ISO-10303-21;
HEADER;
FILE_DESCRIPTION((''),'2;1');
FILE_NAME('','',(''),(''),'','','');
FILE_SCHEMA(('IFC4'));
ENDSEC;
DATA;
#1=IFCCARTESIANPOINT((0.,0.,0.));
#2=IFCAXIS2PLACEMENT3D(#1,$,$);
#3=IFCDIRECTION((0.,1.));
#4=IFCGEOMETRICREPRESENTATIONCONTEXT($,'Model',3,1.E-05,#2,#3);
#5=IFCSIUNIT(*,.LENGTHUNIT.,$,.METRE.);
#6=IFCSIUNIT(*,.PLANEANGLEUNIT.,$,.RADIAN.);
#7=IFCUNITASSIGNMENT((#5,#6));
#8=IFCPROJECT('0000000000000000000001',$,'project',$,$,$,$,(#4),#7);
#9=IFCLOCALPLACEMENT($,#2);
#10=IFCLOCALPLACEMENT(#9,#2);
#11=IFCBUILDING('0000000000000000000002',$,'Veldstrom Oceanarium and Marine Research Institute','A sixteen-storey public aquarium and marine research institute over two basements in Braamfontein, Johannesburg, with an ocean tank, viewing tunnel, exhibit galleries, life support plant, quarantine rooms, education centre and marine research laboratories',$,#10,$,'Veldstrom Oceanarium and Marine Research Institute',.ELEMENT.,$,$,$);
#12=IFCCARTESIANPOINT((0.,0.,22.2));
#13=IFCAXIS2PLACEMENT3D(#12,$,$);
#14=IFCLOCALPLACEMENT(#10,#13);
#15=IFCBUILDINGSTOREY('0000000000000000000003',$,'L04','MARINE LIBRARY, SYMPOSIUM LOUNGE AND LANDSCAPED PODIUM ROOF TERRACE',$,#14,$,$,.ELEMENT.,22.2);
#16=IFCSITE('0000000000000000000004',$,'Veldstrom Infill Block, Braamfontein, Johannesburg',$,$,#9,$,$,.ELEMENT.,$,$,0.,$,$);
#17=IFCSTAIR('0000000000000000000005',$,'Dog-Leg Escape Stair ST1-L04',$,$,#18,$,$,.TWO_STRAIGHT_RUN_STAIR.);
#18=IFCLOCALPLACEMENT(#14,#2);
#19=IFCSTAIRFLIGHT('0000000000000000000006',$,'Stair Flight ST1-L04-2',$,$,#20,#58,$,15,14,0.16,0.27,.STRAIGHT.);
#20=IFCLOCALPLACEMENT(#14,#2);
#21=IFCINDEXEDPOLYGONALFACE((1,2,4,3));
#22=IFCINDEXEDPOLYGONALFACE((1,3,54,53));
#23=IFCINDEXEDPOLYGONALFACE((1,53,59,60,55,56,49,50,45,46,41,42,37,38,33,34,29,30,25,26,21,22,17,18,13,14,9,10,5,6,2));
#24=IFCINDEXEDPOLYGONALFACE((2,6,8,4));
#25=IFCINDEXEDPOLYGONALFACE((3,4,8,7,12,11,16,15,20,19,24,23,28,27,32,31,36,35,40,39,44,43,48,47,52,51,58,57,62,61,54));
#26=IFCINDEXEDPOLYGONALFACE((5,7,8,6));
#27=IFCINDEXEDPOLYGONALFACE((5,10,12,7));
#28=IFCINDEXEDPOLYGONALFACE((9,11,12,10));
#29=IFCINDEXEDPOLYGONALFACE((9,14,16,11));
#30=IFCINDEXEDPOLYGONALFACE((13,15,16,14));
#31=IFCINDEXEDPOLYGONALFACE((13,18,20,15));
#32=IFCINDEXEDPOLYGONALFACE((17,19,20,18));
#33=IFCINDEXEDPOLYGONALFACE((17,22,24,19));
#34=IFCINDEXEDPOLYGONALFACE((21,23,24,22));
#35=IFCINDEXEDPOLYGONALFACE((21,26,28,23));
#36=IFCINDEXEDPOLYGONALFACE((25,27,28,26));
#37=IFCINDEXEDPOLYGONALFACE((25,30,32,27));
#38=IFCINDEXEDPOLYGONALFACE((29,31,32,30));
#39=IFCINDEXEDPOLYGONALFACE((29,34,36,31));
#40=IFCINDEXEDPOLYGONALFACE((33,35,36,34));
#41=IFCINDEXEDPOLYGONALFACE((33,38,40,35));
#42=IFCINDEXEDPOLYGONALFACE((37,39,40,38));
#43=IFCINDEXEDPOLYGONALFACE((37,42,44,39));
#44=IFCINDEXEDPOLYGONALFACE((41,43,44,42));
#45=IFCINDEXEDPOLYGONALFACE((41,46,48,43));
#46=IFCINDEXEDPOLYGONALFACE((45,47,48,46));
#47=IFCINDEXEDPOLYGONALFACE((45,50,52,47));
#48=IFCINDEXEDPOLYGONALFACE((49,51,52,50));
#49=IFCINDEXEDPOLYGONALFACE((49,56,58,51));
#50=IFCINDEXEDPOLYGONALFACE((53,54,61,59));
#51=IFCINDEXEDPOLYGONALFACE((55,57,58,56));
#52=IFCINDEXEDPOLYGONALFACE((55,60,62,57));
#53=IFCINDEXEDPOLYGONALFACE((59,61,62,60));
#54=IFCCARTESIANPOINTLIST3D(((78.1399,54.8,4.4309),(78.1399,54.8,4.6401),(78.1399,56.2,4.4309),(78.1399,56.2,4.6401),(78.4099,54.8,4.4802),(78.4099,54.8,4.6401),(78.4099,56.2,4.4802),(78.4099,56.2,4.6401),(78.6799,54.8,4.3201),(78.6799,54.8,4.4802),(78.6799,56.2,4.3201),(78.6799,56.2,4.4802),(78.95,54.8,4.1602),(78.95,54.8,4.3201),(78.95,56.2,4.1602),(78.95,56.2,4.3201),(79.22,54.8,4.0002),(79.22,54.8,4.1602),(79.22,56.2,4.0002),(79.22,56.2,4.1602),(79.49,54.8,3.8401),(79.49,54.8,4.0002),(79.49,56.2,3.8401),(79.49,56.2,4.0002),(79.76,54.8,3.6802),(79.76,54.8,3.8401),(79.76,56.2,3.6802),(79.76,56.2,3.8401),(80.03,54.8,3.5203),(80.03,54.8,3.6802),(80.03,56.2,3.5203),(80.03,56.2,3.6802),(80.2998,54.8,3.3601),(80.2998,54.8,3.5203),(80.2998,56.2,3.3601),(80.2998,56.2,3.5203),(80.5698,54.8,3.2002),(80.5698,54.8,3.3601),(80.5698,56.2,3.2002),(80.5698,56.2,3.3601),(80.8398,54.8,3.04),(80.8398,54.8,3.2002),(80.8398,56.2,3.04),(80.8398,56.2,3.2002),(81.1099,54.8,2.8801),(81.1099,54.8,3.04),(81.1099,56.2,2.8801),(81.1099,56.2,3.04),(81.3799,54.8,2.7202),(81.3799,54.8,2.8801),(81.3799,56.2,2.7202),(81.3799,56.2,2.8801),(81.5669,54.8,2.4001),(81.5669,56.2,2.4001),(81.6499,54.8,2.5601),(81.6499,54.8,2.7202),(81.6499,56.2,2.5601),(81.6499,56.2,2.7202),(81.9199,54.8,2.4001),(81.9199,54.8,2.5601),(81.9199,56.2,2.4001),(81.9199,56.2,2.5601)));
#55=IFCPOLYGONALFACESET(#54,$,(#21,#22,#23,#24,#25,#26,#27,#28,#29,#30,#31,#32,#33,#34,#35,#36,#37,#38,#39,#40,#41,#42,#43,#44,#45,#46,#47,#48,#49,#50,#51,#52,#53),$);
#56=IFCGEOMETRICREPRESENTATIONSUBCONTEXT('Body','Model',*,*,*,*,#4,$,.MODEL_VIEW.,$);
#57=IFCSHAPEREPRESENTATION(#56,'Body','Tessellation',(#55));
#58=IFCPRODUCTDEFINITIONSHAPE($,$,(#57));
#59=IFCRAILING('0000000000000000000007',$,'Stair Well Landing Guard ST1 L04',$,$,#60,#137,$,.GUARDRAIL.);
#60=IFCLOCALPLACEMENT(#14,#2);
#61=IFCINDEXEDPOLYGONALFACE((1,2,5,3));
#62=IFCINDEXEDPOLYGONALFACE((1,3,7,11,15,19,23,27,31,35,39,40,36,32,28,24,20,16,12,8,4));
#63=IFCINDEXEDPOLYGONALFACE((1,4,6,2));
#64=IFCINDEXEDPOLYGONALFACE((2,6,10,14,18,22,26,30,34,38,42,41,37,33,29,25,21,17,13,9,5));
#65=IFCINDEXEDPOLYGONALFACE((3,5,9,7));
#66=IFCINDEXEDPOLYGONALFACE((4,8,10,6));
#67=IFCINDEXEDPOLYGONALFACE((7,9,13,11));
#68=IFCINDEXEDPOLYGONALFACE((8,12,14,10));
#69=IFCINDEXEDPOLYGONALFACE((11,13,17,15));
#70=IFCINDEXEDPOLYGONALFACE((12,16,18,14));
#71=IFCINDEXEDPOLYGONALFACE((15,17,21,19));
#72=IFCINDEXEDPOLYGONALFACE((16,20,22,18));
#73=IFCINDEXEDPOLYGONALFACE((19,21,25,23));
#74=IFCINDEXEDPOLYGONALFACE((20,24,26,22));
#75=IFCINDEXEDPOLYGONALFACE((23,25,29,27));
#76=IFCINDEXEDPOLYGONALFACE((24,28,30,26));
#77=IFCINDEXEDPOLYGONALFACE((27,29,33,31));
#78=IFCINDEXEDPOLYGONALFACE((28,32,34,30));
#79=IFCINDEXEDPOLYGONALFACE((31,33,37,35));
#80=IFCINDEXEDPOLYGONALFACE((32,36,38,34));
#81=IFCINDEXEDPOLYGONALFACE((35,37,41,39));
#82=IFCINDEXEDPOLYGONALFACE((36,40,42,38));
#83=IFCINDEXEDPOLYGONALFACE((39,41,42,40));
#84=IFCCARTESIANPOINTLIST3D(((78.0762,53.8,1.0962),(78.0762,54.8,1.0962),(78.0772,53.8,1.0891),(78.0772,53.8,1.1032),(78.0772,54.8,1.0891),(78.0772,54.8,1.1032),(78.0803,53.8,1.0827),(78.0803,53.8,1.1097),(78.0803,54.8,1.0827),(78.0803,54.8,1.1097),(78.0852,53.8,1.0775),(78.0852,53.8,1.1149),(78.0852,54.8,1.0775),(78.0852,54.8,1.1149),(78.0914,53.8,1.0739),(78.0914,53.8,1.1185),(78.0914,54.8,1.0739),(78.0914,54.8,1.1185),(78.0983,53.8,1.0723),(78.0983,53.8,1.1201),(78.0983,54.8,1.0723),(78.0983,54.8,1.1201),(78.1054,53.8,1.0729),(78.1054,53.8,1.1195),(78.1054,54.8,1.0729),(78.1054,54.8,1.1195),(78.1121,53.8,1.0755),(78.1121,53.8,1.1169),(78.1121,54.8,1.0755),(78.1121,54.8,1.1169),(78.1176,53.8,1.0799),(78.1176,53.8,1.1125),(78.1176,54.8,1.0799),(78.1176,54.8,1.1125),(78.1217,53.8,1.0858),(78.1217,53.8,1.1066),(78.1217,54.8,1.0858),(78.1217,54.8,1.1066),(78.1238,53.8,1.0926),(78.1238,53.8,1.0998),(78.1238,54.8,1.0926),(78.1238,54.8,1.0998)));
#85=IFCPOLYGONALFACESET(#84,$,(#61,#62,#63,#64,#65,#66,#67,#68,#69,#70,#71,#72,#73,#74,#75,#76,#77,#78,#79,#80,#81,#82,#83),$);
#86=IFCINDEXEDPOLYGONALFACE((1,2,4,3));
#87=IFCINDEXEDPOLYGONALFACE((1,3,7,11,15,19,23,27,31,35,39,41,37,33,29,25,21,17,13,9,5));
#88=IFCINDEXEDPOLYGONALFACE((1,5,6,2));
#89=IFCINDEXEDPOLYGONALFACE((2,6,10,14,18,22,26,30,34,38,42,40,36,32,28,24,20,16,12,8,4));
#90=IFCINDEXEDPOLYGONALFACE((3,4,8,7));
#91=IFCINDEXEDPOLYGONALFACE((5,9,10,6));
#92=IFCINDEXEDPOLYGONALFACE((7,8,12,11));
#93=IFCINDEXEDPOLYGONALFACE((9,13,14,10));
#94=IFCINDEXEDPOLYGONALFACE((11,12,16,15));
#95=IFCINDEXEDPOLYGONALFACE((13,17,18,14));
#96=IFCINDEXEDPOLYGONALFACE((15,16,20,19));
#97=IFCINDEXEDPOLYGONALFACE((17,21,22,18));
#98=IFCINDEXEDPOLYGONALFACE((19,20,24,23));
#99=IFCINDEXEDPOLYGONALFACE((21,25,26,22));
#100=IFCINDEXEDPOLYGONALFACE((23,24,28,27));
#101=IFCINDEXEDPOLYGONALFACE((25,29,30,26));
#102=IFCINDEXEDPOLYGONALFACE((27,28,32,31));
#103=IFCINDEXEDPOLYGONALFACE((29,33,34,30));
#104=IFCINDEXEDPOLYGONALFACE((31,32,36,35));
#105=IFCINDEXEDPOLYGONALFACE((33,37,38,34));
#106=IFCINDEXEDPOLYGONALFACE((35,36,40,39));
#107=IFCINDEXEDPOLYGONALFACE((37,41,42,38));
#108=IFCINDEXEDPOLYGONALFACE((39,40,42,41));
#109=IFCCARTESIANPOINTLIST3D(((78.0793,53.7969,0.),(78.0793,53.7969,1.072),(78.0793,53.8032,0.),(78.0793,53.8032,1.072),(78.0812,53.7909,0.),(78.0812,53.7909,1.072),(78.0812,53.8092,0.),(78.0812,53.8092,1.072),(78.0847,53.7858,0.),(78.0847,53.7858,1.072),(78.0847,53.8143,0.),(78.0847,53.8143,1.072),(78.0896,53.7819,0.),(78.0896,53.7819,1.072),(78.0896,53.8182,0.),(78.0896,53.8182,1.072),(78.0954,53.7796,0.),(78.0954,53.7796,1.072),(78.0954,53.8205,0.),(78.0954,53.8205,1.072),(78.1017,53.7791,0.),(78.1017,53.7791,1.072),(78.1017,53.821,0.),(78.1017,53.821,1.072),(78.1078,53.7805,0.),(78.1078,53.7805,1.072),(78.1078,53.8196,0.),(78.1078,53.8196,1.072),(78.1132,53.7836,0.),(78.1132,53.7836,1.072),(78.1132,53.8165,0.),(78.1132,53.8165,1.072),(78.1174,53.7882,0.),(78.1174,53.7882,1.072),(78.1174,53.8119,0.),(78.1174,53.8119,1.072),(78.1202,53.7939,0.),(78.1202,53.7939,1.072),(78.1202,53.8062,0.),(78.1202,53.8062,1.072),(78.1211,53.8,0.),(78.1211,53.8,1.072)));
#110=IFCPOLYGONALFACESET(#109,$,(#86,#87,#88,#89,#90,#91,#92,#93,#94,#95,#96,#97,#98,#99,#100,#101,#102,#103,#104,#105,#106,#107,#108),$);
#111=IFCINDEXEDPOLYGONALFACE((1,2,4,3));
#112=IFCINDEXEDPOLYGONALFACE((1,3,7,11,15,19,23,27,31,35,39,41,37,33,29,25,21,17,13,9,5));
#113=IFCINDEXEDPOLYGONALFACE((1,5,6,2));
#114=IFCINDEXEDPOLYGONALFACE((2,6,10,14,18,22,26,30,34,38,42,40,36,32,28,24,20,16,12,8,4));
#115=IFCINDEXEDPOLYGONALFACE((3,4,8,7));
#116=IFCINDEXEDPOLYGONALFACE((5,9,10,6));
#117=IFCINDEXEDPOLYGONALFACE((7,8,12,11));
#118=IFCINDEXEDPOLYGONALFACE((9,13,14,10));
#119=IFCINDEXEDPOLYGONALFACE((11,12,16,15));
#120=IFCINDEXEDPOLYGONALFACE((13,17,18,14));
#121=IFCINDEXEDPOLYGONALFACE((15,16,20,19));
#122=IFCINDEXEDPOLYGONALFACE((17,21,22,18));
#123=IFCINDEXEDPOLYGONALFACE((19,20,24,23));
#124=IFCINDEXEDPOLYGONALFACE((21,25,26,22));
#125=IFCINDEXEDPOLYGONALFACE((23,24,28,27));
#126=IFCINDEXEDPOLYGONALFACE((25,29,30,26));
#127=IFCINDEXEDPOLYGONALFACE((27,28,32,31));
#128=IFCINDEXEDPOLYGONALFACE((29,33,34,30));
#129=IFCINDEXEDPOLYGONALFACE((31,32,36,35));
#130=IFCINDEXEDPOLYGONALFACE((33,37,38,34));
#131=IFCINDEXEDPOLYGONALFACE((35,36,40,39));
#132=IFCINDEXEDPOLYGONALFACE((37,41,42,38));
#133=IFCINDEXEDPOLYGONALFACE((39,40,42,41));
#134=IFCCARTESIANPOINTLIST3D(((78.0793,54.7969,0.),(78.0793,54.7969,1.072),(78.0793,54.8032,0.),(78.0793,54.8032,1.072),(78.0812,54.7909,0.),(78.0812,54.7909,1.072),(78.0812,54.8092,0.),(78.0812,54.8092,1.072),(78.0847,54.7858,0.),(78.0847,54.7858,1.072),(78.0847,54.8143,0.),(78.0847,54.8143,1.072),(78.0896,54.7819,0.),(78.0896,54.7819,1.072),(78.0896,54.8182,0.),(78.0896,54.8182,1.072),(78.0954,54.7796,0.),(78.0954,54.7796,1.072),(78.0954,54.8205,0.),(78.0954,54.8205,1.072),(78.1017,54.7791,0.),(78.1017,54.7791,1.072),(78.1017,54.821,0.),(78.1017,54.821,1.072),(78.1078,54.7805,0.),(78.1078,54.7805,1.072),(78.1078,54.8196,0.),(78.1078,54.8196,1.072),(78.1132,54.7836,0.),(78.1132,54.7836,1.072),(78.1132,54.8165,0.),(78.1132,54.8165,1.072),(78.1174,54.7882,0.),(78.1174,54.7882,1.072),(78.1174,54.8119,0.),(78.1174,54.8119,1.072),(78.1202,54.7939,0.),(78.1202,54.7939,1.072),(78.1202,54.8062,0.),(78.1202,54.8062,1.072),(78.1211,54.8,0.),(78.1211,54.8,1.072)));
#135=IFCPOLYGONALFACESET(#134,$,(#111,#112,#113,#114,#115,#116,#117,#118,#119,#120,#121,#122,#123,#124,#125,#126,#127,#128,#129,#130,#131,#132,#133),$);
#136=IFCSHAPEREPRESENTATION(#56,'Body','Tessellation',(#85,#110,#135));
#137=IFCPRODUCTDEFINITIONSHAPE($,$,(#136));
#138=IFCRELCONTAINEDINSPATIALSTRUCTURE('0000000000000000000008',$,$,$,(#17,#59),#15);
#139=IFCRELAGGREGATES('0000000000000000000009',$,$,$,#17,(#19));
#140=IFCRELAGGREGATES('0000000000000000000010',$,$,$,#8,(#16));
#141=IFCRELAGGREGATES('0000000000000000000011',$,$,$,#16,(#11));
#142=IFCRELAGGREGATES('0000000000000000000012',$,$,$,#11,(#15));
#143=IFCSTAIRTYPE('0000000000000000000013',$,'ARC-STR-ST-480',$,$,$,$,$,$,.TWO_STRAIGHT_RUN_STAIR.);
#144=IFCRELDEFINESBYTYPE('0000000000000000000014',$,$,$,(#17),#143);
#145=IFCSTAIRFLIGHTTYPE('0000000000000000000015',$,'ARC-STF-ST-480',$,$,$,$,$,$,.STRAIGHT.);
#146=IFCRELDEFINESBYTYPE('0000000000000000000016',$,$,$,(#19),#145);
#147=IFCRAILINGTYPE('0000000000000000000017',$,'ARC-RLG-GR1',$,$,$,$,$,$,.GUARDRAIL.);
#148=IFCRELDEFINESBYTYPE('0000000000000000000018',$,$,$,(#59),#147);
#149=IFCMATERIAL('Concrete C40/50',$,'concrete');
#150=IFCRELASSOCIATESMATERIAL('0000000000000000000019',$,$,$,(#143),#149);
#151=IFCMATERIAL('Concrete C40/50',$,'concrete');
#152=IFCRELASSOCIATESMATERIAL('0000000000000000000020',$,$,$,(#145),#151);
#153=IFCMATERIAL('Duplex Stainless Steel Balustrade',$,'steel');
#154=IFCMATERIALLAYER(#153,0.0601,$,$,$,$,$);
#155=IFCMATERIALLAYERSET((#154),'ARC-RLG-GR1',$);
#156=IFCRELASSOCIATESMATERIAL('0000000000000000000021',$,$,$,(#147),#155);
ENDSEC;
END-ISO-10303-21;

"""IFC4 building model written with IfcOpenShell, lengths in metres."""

from ifc_helpers import new_model, si_unit, direction, frame, origin, origin_2d, place, context, subcontext, project, spatial, polyline, circle, outline, extrude, material, layer, layer_set, type_object, element, aggregate, save


model = new_model("IFC4")

# Units and contexts
model_context = context("Model", 3, precision=1e-05, world=origin(), true_north=direction((0.0, 1.0)))
body_context = subcontext(model_context, "Body", "Model", "MODEL_VIEW")
ifc_project = project(units=[si_unit("LENGTHUNIT", "METRE"), si_unit("PLANEANGLEUNIT", "RADIAN")], contexts=[model_context])

# Site, building, storey
site_placement = place(None, origin())
site = spatial("IfcSite", under=ifc_project, at=site_placement, Name="Veldstrom Infill Block, Braamfontein, Johannesburg", CompositionType="ELEMENT", RefElevation=0.0)
building_placement = place(site_placement, origin())
building = spatial("IfcBuilding", under=site, at=building_placement, Name="Veldstrom Oceanarium and Marine Research Institute", Description="A sixteen-storey public aquarium and marine research institute over two basements in Braamfontein, Johannesburg, with an ocean tank, viewing tunnel, exhibit galleries, life support plant, quarantine rooms, education centre and marine research laboratories", LongName="Veldstrom Oceanarium and Marine Research Institute", CompositionType="ELEMENT")
storey_placement = place(building_placement, frame((0.0, 0.0, 22.2)))
storey = spatial("IfcBuildingStorey", under=building, at=storey_placement, Name="L04", Description="MARINE LIBRARY, SYMPOSIUM LOUNGE AND LANDSCAPED PODIUM ROOF TERRACE", CompositionType="ELEMENT", Elevation=22.2)

# Stair, stair flight
ifc_material_1 = material(Name="Concrete C40/50", Category="concrete")
stair_type = type_object("IfcStairType", Name="ARC-STR-ST-480", PredefinedType="TWO_STRAIGHT_RUN_STAIR", material=ifc_material_1)
stair_placement = place(storey_placement, origin())
stair = element("IfcStair", 1, at=stair_placement, inside=storey, type_object=stair_type, Name="Dog-Leg Escape Stair ST1-L04", PredefinedType="TWO_STRAIGHT_RUN_STAIR")
ifc_material_2 = material(Name="Concrete C40/50", Category="concrete")
stair_flight_type = type_object("IfcStairFlightType", Name="ARC-STF-ST-480", PredefinedType="STRAIGHT", material=ifc_material_2)
stair_flight_1_placement = place(storey_placement, frame((81.9199, 55.5, 2.4001), z_axis=(0.0, 0.0, 1.0), x_axis=(-1.0, 0.0, 0.0)))
stair_flight_1 = element("IfcStairFlight", 2, at=stair_flight_1_placement, type_object=stair_flight_type, Name="Stair Flight ST1-L04-2", NumberOfRisers=15, NumberOfTreads=14, PredefinedType="STRAIGHT", RiserHeight=0.16, TreadLength=0.27, context=body_context, shape_type="SweptSolid", body=[
    extrude(outline(polyline([(0.0, 0.0), (0.0, 0.1599), (0.27, 0.1599), (0.27, 0.3201), (0.54, 0.3201), (0.54, 0.48), (0.8101, 0.48), (0.8101, 0.6399), (1.0801, 0.6399), (1.0801, 0.8), (1.3501, 0.8), (1.3501, 0.96), (1.6201, 0.96), (1.6201, 1.1201), (1.8899, 1.1201), (1.8899, 1.28), (2.1599, 1.28), (2.1599, 1.4399), (2.4299, 1.4399), (2.4299, 1.6001), (2.7, 1.6001), (2.7, 1.76), (2.97, 1.76), (2.97, 1.9199), (3.24, 1.9199), (3.24, 2.0801), (3.51, 2.0801), (3.51, 2.24), (3.78, 2.24), (3.78, 2.3999), (3.78, 2.0308), (0.353, 0.0), (0.0, 0.0)])), frame((0.0, 0.7, 0.0), z_axis=(0.0, -1.0, 0.0), x_axis=(1.0, 0.0, 0.0)), (0.0, 0.0, 1.0), 1.3999),
])
aggregate(stair, [stair_flight_1])

# Railing
ifc_material_3 = material(Name="Duplex Stainless Steel Balustrade", Category="steel")
ifc_layer_1 = layer(ifc_material_3, 0.0601)
ifc_layer_set_1 = layer_set([ifc_layer_1], Name="ARC-RLG-GR1")
railing_type_1 = type_object("IfcRailingType", Name="ARC-RLG-GR1", PredefinedType="GUARDRAIL", material=ifc_layer_set_1)
railing_1_placement = place(storey_placement, frame((78.1001, 53.8, 0.0)))
element("IfcRailing", 3, at=railing_1_placement, inside=storey, type_object=railing_type_1, Name="Stair Well Landing Guard ST1 L04", PredefinedType="GUARDRAIL", context=body_context, shape_type="SweptSolid", body=[
    extrude(circle(Radius=0.0239, at=origin_2d()), frame((0.0, 0.0, 1.0962), z_axis=(0.0, 1.0, 0.0), x_axis=(-1.0, 0.0, 0.0)), (0.0, 0.0, 1.0), 1.0),
    extrude(circle(Radius=0.021, at=origin_2d()), origin(), (0.0, 0.0, 1.0), 1.072),
    extrude(circle(Radius=0.021, at=origin_2d()), frame((0.0, 1.0, 0.0)), (0.0, 0.0, 1.0), 1.072),
])

save(model, "model.ifc")
